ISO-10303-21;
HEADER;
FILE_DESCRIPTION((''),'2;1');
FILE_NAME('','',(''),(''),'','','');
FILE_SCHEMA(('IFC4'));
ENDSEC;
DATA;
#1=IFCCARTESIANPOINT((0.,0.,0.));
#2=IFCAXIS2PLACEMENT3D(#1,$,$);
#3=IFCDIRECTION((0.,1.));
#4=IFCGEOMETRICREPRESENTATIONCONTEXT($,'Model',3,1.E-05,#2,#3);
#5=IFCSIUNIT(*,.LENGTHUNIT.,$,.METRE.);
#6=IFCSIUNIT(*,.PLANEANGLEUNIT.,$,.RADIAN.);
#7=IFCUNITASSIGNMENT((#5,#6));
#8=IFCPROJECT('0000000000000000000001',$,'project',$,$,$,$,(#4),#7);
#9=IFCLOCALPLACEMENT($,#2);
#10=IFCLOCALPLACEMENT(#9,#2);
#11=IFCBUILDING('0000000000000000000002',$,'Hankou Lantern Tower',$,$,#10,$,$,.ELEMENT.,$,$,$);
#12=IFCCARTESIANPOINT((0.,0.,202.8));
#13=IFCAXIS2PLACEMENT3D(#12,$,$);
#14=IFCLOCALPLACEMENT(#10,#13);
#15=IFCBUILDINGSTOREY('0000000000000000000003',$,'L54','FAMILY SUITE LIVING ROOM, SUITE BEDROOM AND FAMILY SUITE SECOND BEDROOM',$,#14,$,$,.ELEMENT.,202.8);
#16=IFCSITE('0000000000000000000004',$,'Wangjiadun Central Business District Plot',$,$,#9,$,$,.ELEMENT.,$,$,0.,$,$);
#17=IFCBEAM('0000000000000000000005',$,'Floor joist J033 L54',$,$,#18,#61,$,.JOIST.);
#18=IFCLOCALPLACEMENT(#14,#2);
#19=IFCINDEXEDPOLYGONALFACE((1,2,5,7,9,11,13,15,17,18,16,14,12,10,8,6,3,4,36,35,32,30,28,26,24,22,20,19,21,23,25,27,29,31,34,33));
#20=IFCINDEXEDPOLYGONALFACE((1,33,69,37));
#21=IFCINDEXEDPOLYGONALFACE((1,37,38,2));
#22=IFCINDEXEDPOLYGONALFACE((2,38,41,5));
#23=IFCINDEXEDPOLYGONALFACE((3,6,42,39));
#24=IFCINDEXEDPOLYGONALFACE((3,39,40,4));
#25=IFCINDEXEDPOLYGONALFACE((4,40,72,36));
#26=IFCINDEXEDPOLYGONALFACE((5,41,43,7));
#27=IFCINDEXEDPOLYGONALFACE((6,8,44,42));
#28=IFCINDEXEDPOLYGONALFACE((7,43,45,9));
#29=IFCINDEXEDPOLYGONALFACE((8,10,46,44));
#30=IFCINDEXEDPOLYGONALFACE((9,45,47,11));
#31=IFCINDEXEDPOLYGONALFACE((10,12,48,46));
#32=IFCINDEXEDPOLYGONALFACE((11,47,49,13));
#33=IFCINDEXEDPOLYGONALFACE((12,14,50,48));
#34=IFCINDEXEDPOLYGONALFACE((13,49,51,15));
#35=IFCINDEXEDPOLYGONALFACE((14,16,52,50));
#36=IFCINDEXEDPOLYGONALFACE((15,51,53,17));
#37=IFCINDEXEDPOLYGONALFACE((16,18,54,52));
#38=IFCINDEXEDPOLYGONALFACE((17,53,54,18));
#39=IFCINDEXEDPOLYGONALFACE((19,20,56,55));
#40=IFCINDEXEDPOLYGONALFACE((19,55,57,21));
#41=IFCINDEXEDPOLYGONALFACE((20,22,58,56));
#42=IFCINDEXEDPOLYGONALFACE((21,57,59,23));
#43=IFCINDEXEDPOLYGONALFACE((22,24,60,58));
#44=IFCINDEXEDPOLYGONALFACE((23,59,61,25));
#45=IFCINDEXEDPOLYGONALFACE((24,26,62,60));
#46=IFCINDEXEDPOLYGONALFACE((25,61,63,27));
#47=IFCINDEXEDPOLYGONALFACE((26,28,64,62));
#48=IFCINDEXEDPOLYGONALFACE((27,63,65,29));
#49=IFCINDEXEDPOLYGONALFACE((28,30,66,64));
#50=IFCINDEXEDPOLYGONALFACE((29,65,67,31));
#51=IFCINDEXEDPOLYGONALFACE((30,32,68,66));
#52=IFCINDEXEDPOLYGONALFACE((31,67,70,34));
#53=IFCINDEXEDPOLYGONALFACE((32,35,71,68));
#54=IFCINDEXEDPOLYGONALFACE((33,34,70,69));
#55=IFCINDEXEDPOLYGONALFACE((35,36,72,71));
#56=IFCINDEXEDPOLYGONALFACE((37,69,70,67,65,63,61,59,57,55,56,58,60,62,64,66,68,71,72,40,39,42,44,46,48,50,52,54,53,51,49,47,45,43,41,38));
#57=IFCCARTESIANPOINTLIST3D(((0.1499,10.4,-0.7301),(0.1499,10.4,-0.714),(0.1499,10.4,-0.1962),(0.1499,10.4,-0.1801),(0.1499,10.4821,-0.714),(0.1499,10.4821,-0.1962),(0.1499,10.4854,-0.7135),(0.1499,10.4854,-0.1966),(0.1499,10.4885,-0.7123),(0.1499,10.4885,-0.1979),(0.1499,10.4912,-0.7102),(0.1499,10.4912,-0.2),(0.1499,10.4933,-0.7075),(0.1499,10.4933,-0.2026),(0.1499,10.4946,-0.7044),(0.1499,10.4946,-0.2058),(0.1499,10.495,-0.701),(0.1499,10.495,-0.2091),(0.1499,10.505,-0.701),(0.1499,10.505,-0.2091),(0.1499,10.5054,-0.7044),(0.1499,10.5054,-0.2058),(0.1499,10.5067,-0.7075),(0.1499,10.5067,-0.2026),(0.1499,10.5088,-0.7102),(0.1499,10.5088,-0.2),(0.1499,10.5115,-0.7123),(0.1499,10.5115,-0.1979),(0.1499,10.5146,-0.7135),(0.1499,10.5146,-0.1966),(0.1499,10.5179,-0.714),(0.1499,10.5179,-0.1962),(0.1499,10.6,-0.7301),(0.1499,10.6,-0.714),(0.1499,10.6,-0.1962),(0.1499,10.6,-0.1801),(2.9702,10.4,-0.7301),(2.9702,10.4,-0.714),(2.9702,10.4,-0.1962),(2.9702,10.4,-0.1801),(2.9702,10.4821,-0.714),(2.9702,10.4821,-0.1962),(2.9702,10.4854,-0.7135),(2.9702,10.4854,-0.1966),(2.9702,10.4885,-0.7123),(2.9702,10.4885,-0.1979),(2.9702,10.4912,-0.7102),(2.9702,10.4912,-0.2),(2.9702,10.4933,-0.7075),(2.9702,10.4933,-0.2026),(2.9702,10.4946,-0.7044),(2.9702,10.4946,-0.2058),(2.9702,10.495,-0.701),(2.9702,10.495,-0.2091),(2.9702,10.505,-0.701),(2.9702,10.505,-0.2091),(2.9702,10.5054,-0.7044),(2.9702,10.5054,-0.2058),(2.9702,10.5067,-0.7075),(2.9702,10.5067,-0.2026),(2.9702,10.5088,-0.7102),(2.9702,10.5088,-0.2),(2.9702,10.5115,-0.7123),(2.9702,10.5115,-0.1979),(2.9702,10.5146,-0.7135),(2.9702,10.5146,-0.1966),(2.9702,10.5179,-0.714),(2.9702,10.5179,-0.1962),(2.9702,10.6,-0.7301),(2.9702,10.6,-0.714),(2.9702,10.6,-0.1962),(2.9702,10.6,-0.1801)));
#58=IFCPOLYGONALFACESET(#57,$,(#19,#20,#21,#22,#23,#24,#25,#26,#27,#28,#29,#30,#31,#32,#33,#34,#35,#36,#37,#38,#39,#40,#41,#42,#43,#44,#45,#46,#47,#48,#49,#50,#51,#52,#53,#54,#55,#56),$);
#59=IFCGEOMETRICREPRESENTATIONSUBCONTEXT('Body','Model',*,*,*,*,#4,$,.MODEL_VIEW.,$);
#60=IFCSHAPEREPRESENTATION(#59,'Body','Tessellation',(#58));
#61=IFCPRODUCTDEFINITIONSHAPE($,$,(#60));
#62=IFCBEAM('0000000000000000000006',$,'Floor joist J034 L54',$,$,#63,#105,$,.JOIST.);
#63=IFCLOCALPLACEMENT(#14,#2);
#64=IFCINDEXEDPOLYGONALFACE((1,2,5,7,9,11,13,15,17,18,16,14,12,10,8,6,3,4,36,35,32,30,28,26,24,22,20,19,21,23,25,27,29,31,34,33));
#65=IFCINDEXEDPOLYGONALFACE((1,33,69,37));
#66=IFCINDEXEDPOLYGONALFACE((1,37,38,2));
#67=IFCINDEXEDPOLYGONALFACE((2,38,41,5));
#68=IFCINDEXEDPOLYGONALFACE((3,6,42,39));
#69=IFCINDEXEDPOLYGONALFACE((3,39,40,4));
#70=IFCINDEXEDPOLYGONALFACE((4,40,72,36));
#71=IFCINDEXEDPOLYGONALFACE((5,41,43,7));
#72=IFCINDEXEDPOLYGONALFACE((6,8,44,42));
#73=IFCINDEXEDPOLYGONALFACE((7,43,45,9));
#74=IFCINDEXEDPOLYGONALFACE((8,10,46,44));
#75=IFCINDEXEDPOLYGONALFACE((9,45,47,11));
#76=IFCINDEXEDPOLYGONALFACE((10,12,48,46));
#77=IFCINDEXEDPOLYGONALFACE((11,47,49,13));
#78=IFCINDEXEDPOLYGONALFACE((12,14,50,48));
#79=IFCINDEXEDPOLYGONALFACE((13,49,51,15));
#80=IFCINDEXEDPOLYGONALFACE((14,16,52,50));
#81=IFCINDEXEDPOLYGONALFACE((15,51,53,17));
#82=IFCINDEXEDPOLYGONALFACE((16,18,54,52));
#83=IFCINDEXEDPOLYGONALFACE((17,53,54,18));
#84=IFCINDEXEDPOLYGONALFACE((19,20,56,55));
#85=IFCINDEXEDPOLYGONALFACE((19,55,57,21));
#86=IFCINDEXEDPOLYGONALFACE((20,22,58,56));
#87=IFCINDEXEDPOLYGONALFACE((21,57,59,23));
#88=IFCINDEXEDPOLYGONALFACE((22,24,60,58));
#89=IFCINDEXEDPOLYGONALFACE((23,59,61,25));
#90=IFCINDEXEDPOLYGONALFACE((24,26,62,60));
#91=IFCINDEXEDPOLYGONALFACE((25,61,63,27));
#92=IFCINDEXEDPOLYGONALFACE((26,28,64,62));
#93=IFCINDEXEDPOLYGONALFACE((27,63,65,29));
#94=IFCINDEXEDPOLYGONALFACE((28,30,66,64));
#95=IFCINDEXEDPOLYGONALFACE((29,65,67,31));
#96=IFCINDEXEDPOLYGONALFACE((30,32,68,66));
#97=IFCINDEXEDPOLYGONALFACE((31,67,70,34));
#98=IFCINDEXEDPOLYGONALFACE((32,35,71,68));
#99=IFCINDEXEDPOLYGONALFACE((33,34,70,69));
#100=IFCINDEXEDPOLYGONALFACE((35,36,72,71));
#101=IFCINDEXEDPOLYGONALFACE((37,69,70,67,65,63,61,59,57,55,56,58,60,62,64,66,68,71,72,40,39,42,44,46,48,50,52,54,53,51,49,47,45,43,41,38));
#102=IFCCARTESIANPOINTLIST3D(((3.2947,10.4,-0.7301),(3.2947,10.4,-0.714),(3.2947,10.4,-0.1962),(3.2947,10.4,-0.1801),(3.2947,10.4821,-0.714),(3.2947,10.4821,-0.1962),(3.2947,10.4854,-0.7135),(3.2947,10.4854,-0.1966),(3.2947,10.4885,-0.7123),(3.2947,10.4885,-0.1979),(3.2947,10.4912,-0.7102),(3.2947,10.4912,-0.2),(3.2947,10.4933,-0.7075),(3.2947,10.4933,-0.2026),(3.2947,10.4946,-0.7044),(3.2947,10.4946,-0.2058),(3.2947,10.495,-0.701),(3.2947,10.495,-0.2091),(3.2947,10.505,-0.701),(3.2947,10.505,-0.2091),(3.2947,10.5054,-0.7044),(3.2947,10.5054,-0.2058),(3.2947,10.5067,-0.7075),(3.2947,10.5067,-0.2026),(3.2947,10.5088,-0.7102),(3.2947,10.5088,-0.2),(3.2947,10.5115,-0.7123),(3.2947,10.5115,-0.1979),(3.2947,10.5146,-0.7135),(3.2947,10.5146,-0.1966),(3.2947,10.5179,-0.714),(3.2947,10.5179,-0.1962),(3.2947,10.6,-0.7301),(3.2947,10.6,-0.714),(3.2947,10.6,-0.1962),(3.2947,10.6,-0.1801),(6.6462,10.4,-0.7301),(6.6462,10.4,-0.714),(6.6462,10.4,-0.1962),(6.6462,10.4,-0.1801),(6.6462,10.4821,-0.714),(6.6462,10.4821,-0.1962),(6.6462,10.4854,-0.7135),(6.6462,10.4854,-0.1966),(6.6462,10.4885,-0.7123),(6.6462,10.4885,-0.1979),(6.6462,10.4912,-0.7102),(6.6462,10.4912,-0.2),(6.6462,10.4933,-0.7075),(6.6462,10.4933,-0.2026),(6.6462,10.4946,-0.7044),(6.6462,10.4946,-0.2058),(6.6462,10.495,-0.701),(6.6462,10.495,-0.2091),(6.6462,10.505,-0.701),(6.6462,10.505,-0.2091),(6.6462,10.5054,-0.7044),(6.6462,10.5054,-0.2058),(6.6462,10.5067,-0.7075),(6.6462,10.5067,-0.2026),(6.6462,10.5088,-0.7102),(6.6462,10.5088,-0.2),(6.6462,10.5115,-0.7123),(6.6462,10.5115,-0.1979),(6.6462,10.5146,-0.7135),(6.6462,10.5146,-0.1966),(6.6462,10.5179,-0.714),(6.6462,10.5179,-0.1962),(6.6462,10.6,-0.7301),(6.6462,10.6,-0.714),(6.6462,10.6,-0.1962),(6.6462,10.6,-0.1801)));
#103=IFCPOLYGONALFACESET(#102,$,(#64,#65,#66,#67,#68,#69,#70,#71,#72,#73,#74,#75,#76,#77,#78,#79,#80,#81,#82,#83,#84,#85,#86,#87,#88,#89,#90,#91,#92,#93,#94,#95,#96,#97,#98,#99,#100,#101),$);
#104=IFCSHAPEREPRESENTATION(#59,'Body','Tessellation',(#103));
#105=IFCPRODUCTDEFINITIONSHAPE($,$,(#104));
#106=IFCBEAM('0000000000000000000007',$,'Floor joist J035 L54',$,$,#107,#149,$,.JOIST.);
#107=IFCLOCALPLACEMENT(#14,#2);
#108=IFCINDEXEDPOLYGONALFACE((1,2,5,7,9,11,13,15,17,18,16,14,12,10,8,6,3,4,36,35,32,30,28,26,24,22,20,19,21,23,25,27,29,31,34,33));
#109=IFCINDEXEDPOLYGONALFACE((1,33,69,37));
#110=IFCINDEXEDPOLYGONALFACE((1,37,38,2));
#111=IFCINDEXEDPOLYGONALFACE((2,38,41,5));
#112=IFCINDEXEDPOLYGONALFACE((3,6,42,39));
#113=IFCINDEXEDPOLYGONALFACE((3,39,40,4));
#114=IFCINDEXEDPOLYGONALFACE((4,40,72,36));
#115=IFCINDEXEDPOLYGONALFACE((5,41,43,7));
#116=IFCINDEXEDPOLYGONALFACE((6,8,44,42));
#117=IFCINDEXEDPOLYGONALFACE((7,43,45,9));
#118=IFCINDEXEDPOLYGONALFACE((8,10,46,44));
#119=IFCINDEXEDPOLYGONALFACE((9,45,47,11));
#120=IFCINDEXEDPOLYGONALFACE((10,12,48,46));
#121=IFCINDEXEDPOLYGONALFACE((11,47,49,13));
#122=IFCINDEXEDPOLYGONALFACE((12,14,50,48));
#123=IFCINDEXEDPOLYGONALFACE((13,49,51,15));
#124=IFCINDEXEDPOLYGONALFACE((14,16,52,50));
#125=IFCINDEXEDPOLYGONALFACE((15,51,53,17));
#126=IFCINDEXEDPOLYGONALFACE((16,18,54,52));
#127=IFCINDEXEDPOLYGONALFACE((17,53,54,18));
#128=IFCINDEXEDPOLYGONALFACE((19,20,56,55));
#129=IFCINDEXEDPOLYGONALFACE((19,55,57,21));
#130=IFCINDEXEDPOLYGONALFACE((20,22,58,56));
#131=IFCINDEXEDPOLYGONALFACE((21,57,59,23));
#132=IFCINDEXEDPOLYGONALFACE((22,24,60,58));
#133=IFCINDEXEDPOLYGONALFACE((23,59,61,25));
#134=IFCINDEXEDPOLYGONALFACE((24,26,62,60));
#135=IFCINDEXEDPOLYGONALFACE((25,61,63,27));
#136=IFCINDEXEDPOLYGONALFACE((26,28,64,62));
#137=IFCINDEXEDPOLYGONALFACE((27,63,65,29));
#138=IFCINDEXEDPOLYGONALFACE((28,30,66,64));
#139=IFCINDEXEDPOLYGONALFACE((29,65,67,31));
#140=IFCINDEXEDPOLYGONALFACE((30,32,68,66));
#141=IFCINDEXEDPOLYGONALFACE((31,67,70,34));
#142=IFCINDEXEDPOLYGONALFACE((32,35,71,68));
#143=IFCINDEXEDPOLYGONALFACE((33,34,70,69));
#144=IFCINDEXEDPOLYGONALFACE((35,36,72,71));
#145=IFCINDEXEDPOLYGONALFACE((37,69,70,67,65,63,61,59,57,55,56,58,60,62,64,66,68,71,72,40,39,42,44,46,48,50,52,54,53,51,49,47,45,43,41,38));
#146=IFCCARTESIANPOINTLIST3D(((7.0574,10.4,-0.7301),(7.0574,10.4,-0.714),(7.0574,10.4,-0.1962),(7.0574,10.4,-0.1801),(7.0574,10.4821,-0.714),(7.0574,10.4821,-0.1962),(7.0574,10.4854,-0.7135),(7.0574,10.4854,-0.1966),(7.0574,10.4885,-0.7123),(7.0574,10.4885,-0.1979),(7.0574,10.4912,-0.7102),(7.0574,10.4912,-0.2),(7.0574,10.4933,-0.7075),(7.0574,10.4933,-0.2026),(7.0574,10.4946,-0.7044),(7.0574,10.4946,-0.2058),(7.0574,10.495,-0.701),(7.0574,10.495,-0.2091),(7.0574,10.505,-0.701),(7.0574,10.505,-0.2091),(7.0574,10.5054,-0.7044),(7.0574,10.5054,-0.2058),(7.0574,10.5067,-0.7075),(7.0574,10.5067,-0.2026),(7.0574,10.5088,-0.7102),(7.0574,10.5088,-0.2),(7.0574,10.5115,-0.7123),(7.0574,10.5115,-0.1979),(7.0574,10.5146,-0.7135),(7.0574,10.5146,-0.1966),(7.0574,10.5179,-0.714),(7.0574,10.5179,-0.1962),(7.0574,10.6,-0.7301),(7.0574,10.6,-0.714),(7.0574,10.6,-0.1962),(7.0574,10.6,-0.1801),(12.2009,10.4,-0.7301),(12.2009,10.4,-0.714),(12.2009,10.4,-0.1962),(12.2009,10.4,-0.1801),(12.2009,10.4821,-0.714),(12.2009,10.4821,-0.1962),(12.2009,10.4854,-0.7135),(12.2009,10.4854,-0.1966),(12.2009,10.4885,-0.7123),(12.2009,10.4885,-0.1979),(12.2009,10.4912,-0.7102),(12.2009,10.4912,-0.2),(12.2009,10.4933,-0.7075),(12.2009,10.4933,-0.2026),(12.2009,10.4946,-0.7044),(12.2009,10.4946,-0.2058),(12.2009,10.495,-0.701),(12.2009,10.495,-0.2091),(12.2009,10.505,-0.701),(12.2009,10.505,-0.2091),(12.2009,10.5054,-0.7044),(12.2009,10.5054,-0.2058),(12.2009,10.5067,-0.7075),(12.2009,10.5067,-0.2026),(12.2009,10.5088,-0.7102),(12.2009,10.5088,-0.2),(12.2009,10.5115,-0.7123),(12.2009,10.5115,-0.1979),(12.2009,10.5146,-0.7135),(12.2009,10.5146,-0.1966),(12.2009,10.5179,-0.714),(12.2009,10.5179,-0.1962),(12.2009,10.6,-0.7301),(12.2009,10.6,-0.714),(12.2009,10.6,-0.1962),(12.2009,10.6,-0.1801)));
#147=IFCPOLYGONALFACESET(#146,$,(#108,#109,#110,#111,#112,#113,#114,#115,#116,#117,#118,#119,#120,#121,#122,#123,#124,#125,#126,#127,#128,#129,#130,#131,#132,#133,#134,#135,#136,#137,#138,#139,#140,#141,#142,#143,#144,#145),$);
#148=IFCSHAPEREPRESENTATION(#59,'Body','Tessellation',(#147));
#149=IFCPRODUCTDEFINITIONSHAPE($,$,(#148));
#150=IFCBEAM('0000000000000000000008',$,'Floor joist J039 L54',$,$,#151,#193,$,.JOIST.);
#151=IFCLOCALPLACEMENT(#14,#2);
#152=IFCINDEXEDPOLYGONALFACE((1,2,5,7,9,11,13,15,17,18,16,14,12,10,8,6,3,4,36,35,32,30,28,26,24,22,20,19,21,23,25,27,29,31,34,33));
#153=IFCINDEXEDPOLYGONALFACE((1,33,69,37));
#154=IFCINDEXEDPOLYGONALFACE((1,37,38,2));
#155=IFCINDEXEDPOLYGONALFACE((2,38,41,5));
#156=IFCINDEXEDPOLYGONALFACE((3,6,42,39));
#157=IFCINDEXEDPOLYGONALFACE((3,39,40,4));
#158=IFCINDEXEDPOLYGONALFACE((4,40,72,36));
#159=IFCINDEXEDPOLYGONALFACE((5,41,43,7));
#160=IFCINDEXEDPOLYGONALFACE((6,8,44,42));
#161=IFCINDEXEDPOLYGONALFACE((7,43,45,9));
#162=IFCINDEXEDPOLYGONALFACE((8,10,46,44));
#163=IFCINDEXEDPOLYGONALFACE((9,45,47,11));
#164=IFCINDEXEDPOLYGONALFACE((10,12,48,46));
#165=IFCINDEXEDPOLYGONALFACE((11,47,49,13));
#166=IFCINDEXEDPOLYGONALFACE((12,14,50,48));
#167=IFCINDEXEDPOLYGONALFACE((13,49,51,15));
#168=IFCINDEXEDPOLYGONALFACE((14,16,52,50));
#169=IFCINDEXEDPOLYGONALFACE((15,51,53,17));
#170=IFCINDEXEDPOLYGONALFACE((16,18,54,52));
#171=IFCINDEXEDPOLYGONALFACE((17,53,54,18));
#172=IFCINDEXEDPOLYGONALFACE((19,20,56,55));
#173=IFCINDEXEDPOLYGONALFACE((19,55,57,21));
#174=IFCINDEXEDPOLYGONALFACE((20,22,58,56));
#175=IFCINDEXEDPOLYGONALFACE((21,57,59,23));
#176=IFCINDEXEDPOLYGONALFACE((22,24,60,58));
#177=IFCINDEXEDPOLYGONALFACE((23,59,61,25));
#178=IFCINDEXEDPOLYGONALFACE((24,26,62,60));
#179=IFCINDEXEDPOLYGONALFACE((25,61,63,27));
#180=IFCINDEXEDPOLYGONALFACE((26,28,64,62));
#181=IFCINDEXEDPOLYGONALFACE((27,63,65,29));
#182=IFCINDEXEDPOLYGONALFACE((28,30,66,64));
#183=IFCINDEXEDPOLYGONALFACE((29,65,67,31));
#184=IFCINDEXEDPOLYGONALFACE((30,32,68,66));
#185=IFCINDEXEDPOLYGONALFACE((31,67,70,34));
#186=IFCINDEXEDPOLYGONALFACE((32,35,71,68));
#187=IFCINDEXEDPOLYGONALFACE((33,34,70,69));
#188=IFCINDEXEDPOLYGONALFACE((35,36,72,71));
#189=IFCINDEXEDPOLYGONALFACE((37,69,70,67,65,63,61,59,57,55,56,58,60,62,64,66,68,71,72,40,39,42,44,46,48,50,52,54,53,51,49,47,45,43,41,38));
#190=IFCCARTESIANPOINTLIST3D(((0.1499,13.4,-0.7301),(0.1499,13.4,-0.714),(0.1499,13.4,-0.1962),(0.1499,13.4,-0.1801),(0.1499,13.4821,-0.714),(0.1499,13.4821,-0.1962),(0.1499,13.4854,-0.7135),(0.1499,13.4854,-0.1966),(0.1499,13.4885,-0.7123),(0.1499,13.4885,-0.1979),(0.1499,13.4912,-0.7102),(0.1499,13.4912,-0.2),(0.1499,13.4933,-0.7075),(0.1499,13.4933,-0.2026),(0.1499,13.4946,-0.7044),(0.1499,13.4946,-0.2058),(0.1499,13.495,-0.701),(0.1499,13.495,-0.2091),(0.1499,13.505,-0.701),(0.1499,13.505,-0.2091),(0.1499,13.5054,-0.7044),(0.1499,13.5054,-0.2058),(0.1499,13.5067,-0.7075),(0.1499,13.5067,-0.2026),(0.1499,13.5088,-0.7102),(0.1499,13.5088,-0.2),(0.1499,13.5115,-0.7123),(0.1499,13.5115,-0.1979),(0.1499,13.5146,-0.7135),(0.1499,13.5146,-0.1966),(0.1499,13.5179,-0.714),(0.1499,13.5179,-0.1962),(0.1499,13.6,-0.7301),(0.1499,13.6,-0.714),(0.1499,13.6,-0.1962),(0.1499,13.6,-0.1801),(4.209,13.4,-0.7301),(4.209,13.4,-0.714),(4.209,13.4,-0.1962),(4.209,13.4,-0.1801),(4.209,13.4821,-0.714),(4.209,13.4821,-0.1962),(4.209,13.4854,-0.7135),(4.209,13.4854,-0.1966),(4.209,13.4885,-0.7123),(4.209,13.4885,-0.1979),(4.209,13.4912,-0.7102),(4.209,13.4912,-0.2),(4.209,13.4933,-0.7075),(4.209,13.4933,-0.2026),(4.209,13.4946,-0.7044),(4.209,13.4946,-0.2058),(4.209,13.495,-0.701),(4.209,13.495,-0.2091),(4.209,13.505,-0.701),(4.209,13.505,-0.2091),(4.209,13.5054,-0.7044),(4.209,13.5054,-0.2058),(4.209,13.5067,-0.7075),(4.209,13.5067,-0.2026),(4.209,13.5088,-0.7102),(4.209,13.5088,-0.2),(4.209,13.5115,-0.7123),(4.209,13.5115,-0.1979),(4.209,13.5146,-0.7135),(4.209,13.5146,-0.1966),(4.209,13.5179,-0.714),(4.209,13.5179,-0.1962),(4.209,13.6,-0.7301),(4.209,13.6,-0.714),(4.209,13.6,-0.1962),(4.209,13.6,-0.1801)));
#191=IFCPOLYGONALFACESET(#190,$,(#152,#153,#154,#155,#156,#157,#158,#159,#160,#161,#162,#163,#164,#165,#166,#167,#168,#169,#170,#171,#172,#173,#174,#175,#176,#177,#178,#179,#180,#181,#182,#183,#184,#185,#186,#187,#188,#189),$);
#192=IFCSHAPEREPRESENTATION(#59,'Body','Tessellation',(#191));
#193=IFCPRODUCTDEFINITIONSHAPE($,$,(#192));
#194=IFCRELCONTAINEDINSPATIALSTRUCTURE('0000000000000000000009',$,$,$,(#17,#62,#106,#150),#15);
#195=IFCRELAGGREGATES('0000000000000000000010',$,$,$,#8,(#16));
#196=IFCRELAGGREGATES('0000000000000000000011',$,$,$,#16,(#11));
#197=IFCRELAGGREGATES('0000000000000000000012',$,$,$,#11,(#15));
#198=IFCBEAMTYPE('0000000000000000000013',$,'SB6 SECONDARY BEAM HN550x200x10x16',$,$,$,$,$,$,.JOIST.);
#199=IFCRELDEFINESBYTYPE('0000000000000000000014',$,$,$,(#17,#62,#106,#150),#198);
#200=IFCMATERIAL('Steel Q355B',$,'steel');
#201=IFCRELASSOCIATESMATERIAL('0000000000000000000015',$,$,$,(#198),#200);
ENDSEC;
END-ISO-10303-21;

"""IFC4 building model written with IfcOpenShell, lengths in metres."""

from ifc_helpers import new_model, si_unit, direction, frame, origin, origin_2d, place, context, subcontext, project, spatial, i_section, extrude, material, material_profile, profile_set, type_object, element, save


model = new_model("IFC4")

# Units and contexts
model_context = context("Model", 3, precision=1e-05, world=origin(), true_north=direction((0.0, 1.0)))
body_context = subcontext(model_context, "Body", "Model", "MODEL_VIEW")
ifc_project = project(units=[si_unit("LENGTHUNIT", "METRE"), si_unit("PLANEANGLEUNIT", "RADIAN")], contexts=[model_context])

# Site, building, storey
site_placement = place(None, origin())
site = spatial("IfcSite", under=ifc_project, at=site_placement, Name="Wangjiadun Central Business District Plot", CompositionType="ELEMENT", RefElevation=0.0)
building_placement = place(site_placement, origin())
building = spatial("IfcBuilding", under=site, at=building_placement, Name="Hankou Lantern Tower", CompositionType="ELEMENT")
storey_placement = place(building_placement, frame((0.0, 0.0, 202.8)))
storey = spatial("IfcBuildingStorey", under=building, at=storey_placement, Name="L54", Description="FAMILY SUITE LIVING ROOM, SUITE BEDROOM AND FAMILY SUITE SECOND BEDROOM", CompositionType="ELEMENT", Elevation=202.8)

# Beams
ifc_material_1 = material(Name="Steel Q355B", Category="steel")
ifc_material_profile_1 = material_profile(ifc_material_1, i_section(OverallWidth=0.2, OverallDepth=0.55, WebThickness=0.01, FlangeThickness=0.0161, FilletRadius=0.0129, at=origin_2d()), Name="HN550x200x10x16")
ifc_profile_set_1 = profile_set([ifc_material_profile_1], Name="Steel Q355B")
beam_type_1 = type_object("IfcBeamType", Name="SB6 SECONDARY BEAM HN550x200x10x16", PredefinedType="JOIST", material=ifc_profile_set_1)
beam_1_placement = place(storey_placement, frame((0.1499, 10.5, -0.4551), z_axis=(1.0, 0.0, 0.0), x_axis=(0.0, 1.0, 0.0)))
element("IfcBeam", 1, at=beam_1_placement, inside=storey, type_object=beam_type_1, Name="Floor joist J033 L54", PredefinedType="JOIST", context=body_context, shape_type="SweptSolid", body=[
    extrude(i_section(OverallWidth=0.2, OverallDepth=0.55, WebThickness=0.01, FlangeThickness=0.0161, FilletRadius=0.0129, at=origin_2d()), origin(), (0.0, 0.0, 1.0), 2.8203),
])
beam_2_placement = place(storey_placement, frame((3.2947, 10.5, -0.4551), z_axis=(1.0, 0.0, 0.0), x_axis=(0.0, 1.0, 0.0)))
element("IfcBeam", 2, at=beam_2_placement, inside=storey, type_object=beam_type_1, Name="Floor joist J034 L54", PredefinedType="JOIST", context=body_context, shape_type="SweptSolid", body=[
    extrude(i_section(OverallWidth=0.2, OverallDepth=0.55, WebThickness=0.01, FlangeThickness=0.0161, FilletRadius=0.0129, at=origin_2d()), origin(), (0.0, 0.0, 1.0), 3.3516),
])
beam_3_placement = place(storey_placement, frame((7.0574, 10.5, -0.4551), z_axis=(1.0, 0.0, 0.0), x_axis=(0.0, 1.0, 0.0)))
element("IfcBeam", 3, at=beam_3_placement, inside=storey, type_object=beam_type_1, Name="Floor joist J035 L54", PredefinedType="JOIST", context=body_context, shape_type="SweptSolid", body=[
    extrude(i_section(OverallWidth=0.2, OverallDepth=0.55, WebThickness=0.01, FlangeThickness=0.0161, FilletRadius=0.0129, at=origin_2d()), origin(), (0.0, 0.0, 1.0), 5.1436),
])
beam_4_placement = place(storey_placement, frame((0.1499, 13.5, -0.4551), z_axis=(1.0, 0.0, 0.0), x_axis=(0.0, 1.0, 0.0)))
element("IfcBeam", 4, at=beam_4_placement, inside=storey, type_object=beam_type_1, Name="Floor joist J039 L54", PredefinedType="JOIST", context=body_context, shape_type="SweptSolid", body=[
    extrude(i_section(OverallWidth=0.2, OverallDepth=0.55, WebThickness=0.01, FlangeThickness=0.0161, FilletRadius=0.0129, at=origin_2d()), origin(), (0.0, 0.0, 1.0), 4.0591),
])

save(model, "model.ifc")
